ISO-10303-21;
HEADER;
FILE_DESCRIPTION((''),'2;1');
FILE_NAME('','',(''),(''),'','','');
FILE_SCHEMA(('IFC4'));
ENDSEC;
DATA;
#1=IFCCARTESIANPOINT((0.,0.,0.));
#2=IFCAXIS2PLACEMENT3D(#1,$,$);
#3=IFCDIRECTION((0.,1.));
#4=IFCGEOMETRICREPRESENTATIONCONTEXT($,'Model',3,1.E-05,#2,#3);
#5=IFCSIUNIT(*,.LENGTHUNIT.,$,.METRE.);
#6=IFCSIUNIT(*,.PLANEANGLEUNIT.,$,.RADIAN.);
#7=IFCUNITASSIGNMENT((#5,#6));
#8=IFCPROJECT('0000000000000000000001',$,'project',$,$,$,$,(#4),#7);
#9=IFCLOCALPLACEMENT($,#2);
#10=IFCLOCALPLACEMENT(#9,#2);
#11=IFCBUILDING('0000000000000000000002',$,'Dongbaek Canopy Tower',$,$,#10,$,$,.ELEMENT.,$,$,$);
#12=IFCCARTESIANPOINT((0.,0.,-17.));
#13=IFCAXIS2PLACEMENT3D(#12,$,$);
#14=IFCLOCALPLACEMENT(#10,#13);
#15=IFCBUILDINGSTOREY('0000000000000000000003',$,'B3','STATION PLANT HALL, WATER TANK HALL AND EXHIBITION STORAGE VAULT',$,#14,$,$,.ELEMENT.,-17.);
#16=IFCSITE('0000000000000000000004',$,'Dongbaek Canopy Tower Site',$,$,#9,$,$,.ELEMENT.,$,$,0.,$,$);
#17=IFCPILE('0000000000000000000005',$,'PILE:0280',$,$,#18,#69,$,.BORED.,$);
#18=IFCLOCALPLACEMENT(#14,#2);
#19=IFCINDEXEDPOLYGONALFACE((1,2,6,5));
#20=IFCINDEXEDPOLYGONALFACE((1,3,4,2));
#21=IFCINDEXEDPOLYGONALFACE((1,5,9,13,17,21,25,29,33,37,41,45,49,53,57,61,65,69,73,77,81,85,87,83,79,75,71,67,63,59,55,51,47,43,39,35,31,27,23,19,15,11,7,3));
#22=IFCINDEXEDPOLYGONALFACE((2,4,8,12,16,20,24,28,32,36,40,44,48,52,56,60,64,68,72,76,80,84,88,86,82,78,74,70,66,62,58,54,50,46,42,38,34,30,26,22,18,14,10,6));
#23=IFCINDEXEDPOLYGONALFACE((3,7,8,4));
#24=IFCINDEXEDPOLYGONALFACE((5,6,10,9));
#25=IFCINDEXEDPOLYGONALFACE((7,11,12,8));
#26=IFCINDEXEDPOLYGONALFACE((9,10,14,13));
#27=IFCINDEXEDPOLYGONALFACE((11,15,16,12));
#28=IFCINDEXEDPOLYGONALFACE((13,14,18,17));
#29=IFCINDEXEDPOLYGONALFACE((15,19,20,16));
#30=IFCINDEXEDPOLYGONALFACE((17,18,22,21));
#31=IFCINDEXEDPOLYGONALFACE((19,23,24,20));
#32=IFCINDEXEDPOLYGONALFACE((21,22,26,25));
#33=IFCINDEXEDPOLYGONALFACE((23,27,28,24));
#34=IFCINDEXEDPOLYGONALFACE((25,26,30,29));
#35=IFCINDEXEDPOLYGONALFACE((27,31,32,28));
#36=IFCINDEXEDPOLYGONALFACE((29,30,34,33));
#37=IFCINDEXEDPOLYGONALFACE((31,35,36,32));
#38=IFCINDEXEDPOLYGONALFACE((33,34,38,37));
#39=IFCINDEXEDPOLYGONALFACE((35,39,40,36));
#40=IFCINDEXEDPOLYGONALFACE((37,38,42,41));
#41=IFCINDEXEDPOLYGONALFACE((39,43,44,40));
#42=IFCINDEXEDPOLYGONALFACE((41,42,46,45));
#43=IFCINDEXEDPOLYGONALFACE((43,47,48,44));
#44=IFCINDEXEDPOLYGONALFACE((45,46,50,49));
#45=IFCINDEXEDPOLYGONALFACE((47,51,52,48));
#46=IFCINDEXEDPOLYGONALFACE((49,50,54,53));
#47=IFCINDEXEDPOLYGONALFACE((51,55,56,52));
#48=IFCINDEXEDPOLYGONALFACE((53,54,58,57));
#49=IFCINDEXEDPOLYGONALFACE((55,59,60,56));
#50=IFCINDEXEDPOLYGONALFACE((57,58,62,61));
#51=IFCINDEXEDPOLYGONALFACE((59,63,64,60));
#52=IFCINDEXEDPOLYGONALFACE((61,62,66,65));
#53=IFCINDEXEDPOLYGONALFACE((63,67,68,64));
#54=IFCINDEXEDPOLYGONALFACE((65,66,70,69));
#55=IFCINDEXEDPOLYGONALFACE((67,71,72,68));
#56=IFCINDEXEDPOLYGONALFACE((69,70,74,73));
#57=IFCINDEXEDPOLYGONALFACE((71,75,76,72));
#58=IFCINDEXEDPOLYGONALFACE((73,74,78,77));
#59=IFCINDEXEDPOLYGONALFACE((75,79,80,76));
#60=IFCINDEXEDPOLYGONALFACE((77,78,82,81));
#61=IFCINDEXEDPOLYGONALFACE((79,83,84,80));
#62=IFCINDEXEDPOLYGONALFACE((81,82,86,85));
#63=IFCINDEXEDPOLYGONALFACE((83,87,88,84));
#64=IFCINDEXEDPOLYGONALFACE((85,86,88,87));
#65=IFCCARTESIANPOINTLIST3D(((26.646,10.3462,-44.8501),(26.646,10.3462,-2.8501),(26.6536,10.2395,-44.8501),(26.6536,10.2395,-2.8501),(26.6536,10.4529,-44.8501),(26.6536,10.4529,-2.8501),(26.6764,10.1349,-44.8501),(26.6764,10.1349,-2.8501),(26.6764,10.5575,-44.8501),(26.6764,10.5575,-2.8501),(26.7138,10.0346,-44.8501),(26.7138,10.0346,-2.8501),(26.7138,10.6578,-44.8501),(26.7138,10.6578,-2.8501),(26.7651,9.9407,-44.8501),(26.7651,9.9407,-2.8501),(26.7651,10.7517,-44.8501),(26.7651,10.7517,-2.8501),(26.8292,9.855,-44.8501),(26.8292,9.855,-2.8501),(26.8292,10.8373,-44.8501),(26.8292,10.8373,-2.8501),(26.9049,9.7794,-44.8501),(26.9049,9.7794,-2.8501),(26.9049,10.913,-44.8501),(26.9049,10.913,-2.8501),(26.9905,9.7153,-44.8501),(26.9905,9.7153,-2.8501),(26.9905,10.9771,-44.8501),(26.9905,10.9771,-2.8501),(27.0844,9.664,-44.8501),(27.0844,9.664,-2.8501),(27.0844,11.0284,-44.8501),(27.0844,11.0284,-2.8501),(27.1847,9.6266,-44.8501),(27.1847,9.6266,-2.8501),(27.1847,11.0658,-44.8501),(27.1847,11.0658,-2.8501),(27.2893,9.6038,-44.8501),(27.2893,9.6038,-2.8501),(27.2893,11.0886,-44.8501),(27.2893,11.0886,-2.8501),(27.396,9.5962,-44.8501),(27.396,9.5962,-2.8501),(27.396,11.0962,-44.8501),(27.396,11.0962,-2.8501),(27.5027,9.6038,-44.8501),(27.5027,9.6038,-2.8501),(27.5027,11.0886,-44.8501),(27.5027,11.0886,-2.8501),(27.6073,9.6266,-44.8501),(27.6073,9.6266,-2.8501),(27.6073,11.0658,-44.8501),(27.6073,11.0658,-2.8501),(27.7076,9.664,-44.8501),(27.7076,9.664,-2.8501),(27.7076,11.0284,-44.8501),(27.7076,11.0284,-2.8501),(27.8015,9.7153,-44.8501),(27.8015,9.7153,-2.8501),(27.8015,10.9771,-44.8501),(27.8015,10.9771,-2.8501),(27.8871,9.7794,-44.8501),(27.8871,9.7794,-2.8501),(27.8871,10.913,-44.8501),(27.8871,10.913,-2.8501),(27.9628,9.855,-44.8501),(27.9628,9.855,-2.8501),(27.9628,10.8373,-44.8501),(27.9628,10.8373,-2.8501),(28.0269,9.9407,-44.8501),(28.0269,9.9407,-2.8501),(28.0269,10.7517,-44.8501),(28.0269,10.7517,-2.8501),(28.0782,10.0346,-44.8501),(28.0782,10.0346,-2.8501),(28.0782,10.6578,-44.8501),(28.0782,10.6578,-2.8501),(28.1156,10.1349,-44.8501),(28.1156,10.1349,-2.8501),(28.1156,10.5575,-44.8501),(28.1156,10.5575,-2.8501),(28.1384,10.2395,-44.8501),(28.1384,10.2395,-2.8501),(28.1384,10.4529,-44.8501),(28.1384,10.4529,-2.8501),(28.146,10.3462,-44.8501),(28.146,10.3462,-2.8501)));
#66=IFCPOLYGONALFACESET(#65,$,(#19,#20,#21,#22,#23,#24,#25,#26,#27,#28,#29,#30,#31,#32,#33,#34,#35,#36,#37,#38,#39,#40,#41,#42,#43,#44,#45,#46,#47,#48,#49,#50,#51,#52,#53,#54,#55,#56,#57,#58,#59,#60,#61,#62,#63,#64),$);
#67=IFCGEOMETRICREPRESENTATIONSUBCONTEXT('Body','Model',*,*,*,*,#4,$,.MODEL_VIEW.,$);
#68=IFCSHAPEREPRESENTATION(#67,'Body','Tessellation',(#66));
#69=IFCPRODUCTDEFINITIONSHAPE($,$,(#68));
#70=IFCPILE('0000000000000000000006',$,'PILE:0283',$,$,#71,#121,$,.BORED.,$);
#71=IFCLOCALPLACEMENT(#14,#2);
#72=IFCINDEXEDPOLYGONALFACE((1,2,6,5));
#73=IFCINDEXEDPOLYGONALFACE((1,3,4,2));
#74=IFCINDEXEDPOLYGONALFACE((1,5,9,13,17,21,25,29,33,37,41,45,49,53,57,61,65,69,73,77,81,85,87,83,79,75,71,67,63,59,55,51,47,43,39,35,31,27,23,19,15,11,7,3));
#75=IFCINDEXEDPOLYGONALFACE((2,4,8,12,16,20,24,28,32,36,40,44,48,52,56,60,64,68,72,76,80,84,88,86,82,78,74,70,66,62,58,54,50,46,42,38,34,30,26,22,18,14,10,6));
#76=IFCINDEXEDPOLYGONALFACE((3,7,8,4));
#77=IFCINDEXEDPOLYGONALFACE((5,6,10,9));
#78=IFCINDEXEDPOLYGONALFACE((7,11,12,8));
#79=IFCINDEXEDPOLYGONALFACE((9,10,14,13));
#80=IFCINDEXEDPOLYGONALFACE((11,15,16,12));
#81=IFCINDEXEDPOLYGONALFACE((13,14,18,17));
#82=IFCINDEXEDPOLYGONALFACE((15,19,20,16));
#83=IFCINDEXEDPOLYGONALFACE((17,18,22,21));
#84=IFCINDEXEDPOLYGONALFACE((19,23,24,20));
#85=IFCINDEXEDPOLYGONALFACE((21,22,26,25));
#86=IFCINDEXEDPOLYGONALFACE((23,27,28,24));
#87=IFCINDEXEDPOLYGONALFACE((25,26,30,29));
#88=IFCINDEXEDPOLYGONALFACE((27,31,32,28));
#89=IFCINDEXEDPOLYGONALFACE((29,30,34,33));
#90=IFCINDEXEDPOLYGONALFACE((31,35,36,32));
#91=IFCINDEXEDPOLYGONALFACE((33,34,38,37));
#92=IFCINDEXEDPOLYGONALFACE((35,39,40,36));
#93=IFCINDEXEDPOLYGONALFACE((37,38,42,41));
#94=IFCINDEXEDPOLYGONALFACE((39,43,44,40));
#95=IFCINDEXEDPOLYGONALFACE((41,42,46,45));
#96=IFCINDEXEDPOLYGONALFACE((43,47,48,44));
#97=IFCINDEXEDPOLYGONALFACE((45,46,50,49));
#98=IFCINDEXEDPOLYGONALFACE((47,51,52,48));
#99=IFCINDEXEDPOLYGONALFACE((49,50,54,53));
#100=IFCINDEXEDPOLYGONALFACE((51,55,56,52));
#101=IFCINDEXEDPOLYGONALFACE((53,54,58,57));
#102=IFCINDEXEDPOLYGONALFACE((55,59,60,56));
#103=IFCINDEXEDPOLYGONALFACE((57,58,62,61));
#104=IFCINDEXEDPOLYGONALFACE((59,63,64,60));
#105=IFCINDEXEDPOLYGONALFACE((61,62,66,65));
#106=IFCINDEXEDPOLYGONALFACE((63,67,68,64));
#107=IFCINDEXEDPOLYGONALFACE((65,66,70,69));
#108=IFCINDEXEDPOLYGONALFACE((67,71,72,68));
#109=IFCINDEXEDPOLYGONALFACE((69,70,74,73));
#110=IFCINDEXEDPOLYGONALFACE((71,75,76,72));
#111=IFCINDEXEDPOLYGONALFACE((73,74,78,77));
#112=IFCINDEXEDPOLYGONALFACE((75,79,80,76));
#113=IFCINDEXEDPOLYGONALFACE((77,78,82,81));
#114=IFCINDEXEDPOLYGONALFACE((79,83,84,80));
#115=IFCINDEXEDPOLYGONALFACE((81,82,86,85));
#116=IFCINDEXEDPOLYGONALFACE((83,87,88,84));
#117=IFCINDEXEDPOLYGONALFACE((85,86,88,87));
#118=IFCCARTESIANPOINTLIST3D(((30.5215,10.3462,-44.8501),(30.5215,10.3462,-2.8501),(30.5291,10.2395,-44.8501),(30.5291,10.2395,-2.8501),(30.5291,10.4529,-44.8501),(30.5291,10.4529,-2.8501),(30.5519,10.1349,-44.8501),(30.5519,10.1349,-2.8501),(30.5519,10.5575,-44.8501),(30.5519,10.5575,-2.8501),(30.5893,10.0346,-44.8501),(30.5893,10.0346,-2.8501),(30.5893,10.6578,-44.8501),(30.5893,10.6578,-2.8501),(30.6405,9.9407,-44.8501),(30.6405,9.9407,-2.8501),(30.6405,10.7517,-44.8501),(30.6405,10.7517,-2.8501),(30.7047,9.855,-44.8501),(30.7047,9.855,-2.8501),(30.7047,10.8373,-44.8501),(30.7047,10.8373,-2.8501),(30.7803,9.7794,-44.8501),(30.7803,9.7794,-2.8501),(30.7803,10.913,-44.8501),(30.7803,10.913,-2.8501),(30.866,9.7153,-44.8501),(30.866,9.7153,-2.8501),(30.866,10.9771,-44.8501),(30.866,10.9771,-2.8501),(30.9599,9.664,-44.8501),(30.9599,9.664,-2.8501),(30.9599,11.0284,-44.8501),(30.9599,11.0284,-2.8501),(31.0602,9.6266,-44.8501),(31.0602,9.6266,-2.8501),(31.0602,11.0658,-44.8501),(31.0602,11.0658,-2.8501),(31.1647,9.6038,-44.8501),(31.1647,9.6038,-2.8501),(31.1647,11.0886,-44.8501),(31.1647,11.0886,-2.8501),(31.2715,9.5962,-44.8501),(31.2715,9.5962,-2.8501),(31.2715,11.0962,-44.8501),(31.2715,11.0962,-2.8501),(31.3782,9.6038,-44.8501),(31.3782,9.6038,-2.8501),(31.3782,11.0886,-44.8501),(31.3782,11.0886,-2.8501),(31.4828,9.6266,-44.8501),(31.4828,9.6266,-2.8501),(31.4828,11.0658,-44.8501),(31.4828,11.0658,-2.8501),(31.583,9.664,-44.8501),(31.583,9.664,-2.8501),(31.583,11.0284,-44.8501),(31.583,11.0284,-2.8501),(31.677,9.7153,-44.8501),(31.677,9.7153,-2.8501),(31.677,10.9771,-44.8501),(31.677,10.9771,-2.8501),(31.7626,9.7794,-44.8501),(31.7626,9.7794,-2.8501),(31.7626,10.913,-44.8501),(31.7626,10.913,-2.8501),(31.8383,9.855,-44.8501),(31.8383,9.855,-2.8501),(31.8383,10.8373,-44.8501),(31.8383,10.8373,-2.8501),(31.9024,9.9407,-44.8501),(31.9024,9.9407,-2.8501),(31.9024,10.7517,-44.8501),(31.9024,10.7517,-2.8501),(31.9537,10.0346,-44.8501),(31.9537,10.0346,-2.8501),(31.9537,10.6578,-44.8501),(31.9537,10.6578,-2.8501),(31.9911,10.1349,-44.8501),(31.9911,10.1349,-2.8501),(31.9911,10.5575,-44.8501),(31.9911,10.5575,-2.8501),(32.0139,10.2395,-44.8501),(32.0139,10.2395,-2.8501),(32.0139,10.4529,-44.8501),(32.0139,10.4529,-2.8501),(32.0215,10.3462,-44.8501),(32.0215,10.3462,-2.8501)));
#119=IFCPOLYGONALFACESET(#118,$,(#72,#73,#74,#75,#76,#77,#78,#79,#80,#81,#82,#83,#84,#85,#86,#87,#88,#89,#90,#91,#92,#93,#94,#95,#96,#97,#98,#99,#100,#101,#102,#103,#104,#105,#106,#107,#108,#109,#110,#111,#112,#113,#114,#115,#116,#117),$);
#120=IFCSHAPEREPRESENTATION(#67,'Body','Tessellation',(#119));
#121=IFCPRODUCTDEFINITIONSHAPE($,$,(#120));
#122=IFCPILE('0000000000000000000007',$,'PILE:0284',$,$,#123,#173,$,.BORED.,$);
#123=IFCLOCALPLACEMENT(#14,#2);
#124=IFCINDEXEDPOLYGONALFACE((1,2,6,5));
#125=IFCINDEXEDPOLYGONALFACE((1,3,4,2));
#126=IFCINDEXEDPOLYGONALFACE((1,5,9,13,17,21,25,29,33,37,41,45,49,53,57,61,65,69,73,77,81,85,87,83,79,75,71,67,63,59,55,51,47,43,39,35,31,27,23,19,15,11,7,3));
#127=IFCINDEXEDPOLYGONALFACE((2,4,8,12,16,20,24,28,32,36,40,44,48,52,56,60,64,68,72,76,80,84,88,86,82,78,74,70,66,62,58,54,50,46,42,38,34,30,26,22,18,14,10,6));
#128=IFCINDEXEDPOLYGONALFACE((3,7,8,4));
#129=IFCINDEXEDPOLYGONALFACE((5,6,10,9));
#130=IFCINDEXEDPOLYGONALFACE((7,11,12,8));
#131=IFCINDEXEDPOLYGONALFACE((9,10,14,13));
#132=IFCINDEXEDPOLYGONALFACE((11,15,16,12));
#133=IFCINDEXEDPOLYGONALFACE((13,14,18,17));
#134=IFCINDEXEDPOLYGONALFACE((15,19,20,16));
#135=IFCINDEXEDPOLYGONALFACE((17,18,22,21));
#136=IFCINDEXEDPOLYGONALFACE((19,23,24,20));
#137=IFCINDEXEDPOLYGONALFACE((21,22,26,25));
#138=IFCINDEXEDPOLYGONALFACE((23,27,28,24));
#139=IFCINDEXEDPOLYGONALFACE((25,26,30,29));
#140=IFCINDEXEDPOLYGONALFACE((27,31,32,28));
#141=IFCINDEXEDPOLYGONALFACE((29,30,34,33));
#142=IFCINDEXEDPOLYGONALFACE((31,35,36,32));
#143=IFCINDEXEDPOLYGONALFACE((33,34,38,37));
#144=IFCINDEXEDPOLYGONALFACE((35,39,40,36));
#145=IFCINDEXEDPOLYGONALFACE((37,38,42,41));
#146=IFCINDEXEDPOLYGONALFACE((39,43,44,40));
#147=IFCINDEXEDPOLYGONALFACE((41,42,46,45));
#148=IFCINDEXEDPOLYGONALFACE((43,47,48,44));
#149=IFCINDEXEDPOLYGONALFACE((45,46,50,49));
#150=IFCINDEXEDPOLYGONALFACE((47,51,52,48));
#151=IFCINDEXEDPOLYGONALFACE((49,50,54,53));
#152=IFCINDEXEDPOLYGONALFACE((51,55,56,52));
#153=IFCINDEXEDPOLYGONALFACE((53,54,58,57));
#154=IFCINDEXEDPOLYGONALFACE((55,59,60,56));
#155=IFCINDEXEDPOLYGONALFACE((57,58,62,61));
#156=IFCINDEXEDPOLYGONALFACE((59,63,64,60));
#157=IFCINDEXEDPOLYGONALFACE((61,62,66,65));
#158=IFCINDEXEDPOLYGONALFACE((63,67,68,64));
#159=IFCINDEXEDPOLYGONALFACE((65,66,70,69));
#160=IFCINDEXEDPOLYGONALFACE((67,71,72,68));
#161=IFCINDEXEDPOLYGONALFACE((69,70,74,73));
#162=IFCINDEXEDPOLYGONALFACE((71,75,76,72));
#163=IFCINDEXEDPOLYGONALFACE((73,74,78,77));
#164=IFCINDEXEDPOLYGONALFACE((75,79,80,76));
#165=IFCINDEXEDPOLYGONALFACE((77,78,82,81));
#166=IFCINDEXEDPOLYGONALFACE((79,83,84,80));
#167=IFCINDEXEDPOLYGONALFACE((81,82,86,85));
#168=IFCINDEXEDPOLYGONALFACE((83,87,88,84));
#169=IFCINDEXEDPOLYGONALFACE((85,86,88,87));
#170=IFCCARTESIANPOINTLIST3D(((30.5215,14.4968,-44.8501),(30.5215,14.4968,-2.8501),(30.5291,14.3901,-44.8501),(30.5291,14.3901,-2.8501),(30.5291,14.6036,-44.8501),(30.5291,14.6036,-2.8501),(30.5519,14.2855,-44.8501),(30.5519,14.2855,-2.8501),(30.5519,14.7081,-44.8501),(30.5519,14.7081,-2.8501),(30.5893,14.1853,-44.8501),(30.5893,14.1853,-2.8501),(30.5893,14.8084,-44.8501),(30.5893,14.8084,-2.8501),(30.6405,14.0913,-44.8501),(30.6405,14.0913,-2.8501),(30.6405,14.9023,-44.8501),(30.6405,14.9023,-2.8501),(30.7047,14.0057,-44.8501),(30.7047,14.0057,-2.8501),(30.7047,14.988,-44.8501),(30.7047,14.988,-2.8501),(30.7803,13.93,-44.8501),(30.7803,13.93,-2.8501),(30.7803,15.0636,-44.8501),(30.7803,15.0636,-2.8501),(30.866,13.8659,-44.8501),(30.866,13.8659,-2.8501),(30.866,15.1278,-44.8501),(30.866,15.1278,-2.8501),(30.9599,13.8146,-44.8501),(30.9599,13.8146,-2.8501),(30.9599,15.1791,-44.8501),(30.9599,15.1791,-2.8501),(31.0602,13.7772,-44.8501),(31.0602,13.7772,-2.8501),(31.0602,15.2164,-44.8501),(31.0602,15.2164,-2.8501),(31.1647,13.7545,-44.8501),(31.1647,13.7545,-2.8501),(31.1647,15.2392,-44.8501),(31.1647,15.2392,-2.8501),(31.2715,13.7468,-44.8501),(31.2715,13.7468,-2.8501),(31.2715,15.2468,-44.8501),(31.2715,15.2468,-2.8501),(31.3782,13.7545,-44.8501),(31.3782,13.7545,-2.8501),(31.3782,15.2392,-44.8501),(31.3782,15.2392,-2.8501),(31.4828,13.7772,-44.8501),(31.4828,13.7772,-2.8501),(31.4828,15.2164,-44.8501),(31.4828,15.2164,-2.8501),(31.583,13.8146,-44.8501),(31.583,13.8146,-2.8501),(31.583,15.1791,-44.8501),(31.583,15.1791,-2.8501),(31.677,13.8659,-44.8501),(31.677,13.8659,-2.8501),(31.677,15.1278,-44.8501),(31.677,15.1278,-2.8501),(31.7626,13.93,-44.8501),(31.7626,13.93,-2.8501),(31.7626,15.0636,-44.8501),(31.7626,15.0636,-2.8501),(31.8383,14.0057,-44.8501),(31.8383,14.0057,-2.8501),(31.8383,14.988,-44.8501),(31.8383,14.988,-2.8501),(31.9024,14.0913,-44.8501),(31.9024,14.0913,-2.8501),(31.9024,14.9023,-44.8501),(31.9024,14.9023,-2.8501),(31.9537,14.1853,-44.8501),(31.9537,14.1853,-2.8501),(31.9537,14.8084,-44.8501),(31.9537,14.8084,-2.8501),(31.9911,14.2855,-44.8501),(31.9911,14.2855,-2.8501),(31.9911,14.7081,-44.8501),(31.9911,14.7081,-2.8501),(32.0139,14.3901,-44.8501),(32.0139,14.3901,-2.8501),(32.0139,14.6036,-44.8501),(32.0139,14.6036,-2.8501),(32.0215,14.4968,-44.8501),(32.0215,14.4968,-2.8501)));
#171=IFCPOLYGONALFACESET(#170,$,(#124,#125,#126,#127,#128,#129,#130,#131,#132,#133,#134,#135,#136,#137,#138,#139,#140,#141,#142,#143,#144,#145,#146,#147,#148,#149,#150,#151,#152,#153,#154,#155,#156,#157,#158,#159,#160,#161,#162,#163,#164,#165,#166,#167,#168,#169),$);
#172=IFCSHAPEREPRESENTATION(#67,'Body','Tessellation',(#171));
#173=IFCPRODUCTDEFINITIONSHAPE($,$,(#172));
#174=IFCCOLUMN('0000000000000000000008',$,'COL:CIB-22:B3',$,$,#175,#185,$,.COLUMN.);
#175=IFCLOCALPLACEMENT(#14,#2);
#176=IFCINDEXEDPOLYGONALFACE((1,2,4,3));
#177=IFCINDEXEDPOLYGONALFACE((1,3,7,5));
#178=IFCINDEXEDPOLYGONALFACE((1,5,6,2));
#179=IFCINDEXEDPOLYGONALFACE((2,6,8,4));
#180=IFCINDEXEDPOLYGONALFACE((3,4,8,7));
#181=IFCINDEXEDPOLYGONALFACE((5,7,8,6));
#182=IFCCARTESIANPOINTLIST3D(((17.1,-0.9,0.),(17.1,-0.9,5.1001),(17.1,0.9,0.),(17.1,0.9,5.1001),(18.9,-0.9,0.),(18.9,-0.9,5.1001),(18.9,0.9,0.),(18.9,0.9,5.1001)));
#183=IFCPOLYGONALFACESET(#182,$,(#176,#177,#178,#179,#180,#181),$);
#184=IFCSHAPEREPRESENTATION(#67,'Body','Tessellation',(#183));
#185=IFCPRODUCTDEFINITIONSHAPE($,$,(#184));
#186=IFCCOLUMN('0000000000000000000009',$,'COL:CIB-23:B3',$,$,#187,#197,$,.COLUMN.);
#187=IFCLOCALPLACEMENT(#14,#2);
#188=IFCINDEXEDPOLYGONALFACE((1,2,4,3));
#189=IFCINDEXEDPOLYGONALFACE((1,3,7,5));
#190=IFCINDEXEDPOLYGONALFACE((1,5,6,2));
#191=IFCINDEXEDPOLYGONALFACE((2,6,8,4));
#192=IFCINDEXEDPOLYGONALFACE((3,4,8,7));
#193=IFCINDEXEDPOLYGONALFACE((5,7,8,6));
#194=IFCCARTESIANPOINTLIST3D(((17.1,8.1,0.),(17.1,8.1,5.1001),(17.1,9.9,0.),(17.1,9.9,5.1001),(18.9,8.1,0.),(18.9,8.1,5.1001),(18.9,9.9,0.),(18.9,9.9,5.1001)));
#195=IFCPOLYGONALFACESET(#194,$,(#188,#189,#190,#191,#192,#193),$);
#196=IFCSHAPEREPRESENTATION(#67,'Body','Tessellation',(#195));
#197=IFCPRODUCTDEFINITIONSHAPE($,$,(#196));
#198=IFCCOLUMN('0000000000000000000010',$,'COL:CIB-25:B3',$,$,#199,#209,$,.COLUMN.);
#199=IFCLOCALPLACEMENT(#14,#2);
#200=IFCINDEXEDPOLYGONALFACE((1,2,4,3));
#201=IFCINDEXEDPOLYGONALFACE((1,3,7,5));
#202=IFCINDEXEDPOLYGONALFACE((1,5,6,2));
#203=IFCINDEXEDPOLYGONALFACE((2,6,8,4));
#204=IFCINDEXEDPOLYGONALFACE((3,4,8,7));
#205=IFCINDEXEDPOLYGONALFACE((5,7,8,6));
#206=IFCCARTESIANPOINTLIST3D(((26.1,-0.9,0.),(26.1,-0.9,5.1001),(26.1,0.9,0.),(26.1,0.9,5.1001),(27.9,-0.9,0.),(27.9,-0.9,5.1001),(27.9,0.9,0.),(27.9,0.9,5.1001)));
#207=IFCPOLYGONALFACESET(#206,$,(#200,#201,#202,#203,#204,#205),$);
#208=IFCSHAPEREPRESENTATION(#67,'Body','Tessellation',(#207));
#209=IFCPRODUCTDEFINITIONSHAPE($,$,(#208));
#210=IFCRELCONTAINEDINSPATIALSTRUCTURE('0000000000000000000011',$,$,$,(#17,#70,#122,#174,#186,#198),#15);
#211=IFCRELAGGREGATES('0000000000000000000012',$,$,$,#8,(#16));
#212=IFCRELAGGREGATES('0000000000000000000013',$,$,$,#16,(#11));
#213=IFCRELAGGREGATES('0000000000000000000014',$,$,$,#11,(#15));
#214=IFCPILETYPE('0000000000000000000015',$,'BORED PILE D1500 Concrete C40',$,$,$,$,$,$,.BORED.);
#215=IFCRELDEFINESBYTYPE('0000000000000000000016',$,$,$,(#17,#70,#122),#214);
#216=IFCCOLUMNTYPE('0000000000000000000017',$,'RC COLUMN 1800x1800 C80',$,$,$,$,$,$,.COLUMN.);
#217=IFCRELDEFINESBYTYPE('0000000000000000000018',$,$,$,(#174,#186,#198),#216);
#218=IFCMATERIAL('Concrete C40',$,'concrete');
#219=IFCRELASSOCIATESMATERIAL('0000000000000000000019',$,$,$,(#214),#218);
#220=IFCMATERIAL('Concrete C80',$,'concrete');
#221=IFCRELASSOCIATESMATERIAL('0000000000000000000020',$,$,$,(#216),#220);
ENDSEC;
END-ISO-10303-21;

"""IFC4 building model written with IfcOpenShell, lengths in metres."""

from ifc_helpers import new_model, si_unit, direction, frame, origin, origin_2d, place, context, subcontext, project, spatial, rectangle, circle, extrude, material, material_profile, profile_set, type_object, element, save


model = new_model("IFC4")

# Units and contexts
model_context = context("Model", 3, precision=1e-05, world=origin(), true_north=direction((0.0, 1.0)))
body_context = subcontext(model_context, "Body", "Model", "MODEL_VIEW")
ifc_project = project(units=[si_unit("LENGTHUNIT", "METRE"), si_unit("PLANEANGLEUNIT", "RADIAN")], contexts=[model_context])

# Site, building, storey
site_placement = place(None, origin())
site = spatial("IfcSite", under=ifc_project, at=site_placement, Name="Dongbaek Canopy Tower Site", CompositionType="ELEMENT", RefElevation=0.0)
building_placement = place(site_placement, origin())
building = spatial("IfcBuilding", under=site, at=building_placement, Name="Dongbaek Canopy Tower", CompositionType="ELEMENT")
storey_placement = place(building_placement, frame((0.0, 0.0, -17.0)))
storey = spatial("IfcBuildingStorey", under=building, at=storey_placement, Name="B3", Description="STATION PLANT HALL, WATER TANK HALL AND EXHIBITION STORAGE VAULT", CompositionType="ELEMENT", Elevation=-17.0)

# Piles
ifc_material_1 = material(Name="Concrete C40", Category="concrete")
ifc_material_profile_1 = material_profile(ifc_material_1, circle(Radius=0.75, at=origin_2d()), Name="BORED PILE D1500 Concrete C40")
ifc_profile_set_1 = profile_set([ifc_material_profile_1], Name="Concrete C40")
pile_type = type_object("IfcPileType", Name="BORED PILE D1500 Concrete C40", PredefinedType="BORED", material=ifc_profile_set_1)
for number, where, z_axis, x_axis, name in (
    (1, (27.396, 10.3462, -2.8501), (0.0, 0.0, -1.0), (1.0, 0.0, 0.0), "PILE:0280"),
    (2, (31.2715, 10.3462, -2.8501), (0.0, 0.0, -1.0), (1.0, 0.0, 0.0), "PILE:0283"),
    (3, (31.2715, 14.4968, -2.8501), (0.0, 0.0, -1.0), (1.0, 0.0, 0.0), "PILE:0284"),
):
    element("IfcPile", number, at=place(storey_placement, frame(where, z_axis=z_axis, x_axis=x_axis)), inside=storey, type_object=pile_type, Name=name, PredefinedType="BORED", context=body_context, shape_type="SweptSolid", body=[
        extrude(circle(Radius=0.75, at=origin_2d()), origin(), (0.0, 0.0, 1.0), 42.0),
    ])

# Columns
ifc_material_2 = material(Name="Concrete C80", Category="concrete")
ifc_material_profile_2 = material_profile(ifc_material_2, rectangle(XDim=1.8, YDim=1.8, at=origin_2d()), Name="RC COLUMN 1800x1800 C80")
ifc_profile_set_2 = profile_set([ifc_material_profile_2], Name="Concrete C80")
column_type = type_object("IfcColumnType", Name="RC COLUMN 1800x1800 C80", PredefinedType="COLUMN", material=ifc_profile_set_2)
for number, where, z_axis, x_axis, name in (
    (4, (18.0, 0.0, 0.0), (0.0, 0.0, 1.0), (1.0, 0.0, 0.0), "COL:CIB-22:B3"),
    (5, (18.0, 9.0, 0.0), (0.0, 0.0, 1.0), (1.0, 0.0, 0.0), "COL:CIB-23:B3"),
    (6, (27.0, 0.0, 0.0), (0.0, 0.0, 1.0), (1.0, 0.0, 0.0), "COL:CIB-25:B3"),
):
    element("IfcColumn", number, at=place(storey_placement, frame(where, z_axis=z_axis, x_axis=x_axis)), inside=storey, type_object=column_type, Name=name, PredefinedType="COLUMN", context=body_context, shape_type="SweptSolid", body=[
        extrude(rectangle(XDim=1.8, YDim=1.8, at=origin_2d()), origin(), (0.0, 0.0, 1.0), 5.1001),
    ])

save(model, "model.ifc")
